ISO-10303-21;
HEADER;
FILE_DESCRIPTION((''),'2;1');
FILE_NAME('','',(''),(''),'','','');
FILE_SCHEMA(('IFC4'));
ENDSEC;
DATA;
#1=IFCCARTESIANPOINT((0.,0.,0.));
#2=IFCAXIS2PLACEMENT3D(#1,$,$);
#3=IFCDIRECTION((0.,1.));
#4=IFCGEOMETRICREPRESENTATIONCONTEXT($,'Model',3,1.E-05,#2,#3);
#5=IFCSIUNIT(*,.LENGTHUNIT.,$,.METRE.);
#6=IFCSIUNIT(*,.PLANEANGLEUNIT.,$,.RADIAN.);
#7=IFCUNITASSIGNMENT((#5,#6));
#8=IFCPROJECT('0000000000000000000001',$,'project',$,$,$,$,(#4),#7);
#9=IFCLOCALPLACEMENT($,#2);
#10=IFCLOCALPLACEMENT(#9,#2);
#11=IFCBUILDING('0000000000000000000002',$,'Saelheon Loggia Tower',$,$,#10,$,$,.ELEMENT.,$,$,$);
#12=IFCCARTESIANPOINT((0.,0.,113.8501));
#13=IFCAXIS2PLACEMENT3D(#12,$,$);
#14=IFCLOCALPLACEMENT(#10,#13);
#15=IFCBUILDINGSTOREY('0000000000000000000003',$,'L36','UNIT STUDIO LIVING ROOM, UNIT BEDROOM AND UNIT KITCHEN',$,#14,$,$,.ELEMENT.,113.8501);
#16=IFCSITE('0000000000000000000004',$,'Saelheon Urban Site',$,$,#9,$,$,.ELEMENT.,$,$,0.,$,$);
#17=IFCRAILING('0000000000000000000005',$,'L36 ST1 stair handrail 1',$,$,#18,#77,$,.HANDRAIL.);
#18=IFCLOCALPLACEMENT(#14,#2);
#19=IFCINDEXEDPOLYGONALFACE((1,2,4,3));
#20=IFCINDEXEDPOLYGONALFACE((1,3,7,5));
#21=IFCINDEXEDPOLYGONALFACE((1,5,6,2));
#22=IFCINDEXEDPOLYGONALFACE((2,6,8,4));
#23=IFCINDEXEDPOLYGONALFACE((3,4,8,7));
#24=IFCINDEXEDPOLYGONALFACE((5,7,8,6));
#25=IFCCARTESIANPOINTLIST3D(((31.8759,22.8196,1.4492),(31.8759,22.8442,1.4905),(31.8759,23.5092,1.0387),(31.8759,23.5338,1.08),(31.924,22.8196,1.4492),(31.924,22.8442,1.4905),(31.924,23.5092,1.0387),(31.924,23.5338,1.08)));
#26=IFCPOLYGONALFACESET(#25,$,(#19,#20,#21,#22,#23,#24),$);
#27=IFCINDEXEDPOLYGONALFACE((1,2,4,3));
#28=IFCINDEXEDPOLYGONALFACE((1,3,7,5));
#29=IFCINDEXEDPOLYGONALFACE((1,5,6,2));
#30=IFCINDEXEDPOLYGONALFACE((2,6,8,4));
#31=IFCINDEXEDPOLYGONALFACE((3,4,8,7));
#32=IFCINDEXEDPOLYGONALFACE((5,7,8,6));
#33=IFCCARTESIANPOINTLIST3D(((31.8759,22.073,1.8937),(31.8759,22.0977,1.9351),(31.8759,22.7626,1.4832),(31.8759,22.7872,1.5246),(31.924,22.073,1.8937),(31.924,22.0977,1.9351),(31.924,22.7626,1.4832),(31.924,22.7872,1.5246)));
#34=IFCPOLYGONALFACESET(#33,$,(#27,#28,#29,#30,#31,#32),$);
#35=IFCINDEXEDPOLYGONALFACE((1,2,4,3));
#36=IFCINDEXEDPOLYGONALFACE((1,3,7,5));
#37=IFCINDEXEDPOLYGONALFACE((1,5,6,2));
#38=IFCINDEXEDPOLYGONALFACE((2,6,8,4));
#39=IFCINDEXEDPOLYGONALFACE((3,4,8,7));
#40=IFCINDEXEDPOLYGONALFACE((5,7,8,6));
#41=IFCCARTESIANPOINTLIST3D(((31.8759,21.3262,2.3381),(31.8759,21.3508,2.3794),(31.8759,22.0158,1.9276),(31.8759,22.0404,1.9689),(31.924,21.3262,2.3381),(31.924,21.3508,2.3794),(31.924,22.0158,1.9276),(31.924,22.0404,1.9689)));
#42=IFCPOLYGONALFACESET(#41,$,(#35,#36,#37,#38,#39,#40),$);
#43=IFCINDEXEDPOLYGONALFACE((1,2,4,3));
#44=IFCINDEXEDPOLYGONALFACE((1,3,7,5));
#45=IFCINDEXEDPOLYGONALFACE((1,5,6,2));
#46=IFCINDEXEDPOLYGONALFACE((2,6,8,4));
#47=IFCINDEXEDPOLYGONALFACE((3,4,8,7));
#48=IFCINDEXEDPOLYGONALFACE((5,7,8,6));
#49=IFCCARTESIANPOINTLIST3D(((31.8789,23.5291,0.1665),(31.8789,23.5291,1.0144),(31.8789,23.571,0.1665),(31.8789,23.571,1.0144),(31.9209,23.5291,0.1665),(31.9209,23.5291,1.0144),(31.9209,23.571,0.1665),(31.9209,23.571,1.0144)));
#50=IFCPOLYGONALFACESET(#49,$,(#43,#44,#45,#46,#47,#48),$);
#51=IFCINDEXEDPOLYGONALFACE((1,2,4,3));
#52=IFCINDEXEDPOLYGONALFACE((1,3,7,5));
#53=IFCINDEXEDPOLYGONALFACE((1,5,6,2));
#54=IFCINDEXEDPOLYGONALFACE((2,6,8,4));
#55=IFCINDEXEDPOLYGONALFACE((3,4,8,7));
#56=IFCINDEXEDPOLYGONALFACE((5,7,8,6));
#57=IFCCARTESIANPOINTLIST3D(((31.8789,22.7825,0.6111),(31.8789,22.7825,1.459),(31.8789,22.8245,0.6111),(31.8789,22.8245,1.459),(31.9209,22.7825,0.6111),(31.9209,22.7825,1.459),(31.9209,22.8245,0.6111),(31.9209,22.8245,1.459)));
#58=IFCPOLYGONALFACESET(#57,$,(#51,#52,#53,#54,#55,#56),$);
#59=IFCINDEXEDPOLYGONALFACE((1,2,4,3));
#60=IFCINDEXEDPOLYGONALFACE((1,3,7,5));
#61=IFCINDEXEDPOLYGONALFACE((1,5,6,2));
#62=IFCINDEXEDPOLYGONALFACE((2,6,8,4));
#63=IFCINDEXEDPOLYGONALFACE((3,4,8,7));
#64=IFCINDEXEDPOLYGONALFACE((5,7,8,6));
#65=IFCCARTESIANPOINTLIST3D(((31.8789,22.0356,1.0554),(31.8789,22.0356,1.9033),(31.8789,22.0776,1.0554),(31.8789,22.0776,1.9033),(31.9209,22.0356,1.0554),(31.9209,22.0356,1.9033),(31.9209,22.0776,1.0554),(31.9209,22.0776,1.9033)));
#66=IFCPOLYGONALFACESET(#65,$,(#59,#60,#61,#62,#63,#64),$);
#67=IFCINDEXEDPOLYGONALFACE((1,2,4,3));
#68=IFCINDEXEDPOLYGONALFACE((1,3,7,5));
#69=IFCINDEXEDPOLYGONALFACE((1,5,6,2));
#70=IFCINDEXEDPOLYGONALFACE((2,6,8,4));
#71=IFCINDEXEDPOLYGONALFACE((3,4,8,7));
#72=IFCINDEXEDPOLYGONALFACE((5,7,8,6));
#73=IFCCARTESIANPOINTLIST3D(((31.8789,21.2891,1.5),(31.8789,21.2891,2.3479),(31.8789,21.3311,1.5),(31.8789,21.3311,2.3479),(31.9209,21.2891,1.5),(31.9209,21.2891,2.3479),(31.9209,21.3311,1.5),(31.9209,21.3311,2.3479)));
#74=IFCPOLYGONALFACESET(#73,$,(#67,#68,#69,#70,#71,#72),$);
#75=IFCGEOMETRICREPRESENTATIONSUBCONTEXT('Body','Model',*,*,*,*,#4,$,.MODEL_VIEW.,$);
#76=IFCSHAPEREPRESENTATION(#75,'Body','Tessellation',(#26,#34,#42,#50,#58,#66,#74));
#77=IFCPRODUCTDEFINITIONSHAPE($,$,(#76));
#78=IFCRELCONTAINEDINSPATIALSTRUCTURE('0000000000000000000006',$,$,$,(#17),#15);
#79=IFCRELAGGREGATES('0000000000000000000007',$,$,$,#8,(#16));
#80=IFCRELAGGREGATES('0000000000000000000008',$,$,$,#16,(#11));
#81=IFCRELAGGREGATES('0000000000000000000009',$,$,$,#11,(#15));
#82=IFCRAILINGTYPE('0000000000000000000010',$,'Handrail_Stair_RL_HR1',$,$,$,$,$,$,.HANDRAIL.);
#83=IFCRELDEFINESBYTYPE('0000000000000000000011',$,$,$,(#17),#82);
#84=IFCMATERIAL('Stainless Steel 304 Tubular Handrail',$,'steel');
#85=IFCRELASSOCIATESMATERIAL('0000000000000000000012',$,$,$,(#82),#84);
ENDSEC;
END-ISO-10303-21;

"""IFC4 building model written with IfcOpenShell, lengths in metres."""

from ifc_helpers import new_model, si_unit, direction, frame, origin, origin_2d, place, context, subcontext, project, spatial, rectangle, extrude, material, type_object, element, save


model = new_model("IFC4")

# Units and contexts
model_context = context("Model", 3, precision=1e-05, world=origin(), true_north=direction((0.0, 1.0)))
body_context = subcontext(model_context, "Body", "Model", "MODEL_VIEW")
ifc_project = project(units=[si_unit("LENGTHUNIT", "METRE"), si_unit("PLANEANGLEUNIT", "RADIAN")], contexts=[model_context])

# Site, building, storey
site_placement = place(None, origin())
site = spatial("IfcSite", under=ifc_project, at=site_placement, Name="Saelheon Urban Site", CompositionType="ELEMENT", RefElevation=0.0)
building_placement = place(site_placement, origin())
building = spatial("IfcBuilding", under=site, at=building_placement, Name="Saelheon Loggia Tower", CompositionType="ELEMENT")
storey_placement = place(building_placement, frame((0.0, 0.0, 113.8501)))
storey = spatial("IfcBuildingStorey", under=building, at=storey_placement, Name="L36", Description="UNIT STUDIO LIVING ROOM, UNIT BEDROOM AND UNIT KITCHEN", CompositionType="ELEMENT", Elevation=113.8501)

# Railing
ifc_material_1 = material(Name="Stainless Steel 304 Tubular Handrail", Category="steel")
railing_type_1 = type_object("IfcRailingType", Name="Handrail_Stair_RL_HR1", PredefinedType="HANDRAIL", material=ifc_material_1)
railing_1_placement = place(storey_placement, frame((31.8999, 23.55, 0.1665)))
element("IfcRailing", 1, at=railing_1_placement, inside=storey, type_object=railing_type_1, Name="L36 ST1 stair handrail 1", PredefinedType="HANDRAIL", context=body_context, shape_type="SweptSolid", body=[
    extrude(rectangle(XDim=0.0481, YDim=0.0481, at=origin_2d()), frame((0.0, -0.0286, 0.8928), z_axis=(0.0, -0.859264, 0.511532), x_axis=(1.0, 0.0, 0.0)), (0.0, 0.0, 1.0), 0.8025),
    extrude(rectangle(XDim=0.0481, YDim=0.0481, at=origin_2d()), frame((0.0, -0.7751, 1.3374), z_axis=(0.0, -0.859264, 0.511532), x_axis=(1.0, 0.0, 0.0)), (0.0, 0.0, 1.0), 0.8025),
    extrude(rectangle(XDim=0.0481, YDim=0.0481, at=origin_2d()), frame((0.0, -1.522, 1.7817), z_axis=(0.0, -0.859264, 0.511532), x_axis=(1.0, 0.0, 0.0)), (0.0, 0.0, 1.0), 0.8025),
    extrude(rectangle(XDim=0.042, YDim=0.042, at=origin_2d()), origin(), (0.0, 0.0, 1.0), 0.8479),
    extrude(rectangle(XDim=0.042, YDim=0.042, at=origin_2d()), frame((0.0, -0.7466, 0.4446)), (0.0, 0.0, 1.0), 0.8479),
    extrude(rectangle(XDim=0.042, YDim=0.042, at=origin_2d()), frame((0.0, -1.4934, 0.8889)), (0.0, 0.0, 1.0), 0.8479),
    extrude(rectangle(XDim=0.042, YDim=0.042, at=origin_2d()), frame((0.0, -2.24, 1.3335)), (0.0, 0.0, 1.0), 0.8479),
])

save(model, "model.ifc")
